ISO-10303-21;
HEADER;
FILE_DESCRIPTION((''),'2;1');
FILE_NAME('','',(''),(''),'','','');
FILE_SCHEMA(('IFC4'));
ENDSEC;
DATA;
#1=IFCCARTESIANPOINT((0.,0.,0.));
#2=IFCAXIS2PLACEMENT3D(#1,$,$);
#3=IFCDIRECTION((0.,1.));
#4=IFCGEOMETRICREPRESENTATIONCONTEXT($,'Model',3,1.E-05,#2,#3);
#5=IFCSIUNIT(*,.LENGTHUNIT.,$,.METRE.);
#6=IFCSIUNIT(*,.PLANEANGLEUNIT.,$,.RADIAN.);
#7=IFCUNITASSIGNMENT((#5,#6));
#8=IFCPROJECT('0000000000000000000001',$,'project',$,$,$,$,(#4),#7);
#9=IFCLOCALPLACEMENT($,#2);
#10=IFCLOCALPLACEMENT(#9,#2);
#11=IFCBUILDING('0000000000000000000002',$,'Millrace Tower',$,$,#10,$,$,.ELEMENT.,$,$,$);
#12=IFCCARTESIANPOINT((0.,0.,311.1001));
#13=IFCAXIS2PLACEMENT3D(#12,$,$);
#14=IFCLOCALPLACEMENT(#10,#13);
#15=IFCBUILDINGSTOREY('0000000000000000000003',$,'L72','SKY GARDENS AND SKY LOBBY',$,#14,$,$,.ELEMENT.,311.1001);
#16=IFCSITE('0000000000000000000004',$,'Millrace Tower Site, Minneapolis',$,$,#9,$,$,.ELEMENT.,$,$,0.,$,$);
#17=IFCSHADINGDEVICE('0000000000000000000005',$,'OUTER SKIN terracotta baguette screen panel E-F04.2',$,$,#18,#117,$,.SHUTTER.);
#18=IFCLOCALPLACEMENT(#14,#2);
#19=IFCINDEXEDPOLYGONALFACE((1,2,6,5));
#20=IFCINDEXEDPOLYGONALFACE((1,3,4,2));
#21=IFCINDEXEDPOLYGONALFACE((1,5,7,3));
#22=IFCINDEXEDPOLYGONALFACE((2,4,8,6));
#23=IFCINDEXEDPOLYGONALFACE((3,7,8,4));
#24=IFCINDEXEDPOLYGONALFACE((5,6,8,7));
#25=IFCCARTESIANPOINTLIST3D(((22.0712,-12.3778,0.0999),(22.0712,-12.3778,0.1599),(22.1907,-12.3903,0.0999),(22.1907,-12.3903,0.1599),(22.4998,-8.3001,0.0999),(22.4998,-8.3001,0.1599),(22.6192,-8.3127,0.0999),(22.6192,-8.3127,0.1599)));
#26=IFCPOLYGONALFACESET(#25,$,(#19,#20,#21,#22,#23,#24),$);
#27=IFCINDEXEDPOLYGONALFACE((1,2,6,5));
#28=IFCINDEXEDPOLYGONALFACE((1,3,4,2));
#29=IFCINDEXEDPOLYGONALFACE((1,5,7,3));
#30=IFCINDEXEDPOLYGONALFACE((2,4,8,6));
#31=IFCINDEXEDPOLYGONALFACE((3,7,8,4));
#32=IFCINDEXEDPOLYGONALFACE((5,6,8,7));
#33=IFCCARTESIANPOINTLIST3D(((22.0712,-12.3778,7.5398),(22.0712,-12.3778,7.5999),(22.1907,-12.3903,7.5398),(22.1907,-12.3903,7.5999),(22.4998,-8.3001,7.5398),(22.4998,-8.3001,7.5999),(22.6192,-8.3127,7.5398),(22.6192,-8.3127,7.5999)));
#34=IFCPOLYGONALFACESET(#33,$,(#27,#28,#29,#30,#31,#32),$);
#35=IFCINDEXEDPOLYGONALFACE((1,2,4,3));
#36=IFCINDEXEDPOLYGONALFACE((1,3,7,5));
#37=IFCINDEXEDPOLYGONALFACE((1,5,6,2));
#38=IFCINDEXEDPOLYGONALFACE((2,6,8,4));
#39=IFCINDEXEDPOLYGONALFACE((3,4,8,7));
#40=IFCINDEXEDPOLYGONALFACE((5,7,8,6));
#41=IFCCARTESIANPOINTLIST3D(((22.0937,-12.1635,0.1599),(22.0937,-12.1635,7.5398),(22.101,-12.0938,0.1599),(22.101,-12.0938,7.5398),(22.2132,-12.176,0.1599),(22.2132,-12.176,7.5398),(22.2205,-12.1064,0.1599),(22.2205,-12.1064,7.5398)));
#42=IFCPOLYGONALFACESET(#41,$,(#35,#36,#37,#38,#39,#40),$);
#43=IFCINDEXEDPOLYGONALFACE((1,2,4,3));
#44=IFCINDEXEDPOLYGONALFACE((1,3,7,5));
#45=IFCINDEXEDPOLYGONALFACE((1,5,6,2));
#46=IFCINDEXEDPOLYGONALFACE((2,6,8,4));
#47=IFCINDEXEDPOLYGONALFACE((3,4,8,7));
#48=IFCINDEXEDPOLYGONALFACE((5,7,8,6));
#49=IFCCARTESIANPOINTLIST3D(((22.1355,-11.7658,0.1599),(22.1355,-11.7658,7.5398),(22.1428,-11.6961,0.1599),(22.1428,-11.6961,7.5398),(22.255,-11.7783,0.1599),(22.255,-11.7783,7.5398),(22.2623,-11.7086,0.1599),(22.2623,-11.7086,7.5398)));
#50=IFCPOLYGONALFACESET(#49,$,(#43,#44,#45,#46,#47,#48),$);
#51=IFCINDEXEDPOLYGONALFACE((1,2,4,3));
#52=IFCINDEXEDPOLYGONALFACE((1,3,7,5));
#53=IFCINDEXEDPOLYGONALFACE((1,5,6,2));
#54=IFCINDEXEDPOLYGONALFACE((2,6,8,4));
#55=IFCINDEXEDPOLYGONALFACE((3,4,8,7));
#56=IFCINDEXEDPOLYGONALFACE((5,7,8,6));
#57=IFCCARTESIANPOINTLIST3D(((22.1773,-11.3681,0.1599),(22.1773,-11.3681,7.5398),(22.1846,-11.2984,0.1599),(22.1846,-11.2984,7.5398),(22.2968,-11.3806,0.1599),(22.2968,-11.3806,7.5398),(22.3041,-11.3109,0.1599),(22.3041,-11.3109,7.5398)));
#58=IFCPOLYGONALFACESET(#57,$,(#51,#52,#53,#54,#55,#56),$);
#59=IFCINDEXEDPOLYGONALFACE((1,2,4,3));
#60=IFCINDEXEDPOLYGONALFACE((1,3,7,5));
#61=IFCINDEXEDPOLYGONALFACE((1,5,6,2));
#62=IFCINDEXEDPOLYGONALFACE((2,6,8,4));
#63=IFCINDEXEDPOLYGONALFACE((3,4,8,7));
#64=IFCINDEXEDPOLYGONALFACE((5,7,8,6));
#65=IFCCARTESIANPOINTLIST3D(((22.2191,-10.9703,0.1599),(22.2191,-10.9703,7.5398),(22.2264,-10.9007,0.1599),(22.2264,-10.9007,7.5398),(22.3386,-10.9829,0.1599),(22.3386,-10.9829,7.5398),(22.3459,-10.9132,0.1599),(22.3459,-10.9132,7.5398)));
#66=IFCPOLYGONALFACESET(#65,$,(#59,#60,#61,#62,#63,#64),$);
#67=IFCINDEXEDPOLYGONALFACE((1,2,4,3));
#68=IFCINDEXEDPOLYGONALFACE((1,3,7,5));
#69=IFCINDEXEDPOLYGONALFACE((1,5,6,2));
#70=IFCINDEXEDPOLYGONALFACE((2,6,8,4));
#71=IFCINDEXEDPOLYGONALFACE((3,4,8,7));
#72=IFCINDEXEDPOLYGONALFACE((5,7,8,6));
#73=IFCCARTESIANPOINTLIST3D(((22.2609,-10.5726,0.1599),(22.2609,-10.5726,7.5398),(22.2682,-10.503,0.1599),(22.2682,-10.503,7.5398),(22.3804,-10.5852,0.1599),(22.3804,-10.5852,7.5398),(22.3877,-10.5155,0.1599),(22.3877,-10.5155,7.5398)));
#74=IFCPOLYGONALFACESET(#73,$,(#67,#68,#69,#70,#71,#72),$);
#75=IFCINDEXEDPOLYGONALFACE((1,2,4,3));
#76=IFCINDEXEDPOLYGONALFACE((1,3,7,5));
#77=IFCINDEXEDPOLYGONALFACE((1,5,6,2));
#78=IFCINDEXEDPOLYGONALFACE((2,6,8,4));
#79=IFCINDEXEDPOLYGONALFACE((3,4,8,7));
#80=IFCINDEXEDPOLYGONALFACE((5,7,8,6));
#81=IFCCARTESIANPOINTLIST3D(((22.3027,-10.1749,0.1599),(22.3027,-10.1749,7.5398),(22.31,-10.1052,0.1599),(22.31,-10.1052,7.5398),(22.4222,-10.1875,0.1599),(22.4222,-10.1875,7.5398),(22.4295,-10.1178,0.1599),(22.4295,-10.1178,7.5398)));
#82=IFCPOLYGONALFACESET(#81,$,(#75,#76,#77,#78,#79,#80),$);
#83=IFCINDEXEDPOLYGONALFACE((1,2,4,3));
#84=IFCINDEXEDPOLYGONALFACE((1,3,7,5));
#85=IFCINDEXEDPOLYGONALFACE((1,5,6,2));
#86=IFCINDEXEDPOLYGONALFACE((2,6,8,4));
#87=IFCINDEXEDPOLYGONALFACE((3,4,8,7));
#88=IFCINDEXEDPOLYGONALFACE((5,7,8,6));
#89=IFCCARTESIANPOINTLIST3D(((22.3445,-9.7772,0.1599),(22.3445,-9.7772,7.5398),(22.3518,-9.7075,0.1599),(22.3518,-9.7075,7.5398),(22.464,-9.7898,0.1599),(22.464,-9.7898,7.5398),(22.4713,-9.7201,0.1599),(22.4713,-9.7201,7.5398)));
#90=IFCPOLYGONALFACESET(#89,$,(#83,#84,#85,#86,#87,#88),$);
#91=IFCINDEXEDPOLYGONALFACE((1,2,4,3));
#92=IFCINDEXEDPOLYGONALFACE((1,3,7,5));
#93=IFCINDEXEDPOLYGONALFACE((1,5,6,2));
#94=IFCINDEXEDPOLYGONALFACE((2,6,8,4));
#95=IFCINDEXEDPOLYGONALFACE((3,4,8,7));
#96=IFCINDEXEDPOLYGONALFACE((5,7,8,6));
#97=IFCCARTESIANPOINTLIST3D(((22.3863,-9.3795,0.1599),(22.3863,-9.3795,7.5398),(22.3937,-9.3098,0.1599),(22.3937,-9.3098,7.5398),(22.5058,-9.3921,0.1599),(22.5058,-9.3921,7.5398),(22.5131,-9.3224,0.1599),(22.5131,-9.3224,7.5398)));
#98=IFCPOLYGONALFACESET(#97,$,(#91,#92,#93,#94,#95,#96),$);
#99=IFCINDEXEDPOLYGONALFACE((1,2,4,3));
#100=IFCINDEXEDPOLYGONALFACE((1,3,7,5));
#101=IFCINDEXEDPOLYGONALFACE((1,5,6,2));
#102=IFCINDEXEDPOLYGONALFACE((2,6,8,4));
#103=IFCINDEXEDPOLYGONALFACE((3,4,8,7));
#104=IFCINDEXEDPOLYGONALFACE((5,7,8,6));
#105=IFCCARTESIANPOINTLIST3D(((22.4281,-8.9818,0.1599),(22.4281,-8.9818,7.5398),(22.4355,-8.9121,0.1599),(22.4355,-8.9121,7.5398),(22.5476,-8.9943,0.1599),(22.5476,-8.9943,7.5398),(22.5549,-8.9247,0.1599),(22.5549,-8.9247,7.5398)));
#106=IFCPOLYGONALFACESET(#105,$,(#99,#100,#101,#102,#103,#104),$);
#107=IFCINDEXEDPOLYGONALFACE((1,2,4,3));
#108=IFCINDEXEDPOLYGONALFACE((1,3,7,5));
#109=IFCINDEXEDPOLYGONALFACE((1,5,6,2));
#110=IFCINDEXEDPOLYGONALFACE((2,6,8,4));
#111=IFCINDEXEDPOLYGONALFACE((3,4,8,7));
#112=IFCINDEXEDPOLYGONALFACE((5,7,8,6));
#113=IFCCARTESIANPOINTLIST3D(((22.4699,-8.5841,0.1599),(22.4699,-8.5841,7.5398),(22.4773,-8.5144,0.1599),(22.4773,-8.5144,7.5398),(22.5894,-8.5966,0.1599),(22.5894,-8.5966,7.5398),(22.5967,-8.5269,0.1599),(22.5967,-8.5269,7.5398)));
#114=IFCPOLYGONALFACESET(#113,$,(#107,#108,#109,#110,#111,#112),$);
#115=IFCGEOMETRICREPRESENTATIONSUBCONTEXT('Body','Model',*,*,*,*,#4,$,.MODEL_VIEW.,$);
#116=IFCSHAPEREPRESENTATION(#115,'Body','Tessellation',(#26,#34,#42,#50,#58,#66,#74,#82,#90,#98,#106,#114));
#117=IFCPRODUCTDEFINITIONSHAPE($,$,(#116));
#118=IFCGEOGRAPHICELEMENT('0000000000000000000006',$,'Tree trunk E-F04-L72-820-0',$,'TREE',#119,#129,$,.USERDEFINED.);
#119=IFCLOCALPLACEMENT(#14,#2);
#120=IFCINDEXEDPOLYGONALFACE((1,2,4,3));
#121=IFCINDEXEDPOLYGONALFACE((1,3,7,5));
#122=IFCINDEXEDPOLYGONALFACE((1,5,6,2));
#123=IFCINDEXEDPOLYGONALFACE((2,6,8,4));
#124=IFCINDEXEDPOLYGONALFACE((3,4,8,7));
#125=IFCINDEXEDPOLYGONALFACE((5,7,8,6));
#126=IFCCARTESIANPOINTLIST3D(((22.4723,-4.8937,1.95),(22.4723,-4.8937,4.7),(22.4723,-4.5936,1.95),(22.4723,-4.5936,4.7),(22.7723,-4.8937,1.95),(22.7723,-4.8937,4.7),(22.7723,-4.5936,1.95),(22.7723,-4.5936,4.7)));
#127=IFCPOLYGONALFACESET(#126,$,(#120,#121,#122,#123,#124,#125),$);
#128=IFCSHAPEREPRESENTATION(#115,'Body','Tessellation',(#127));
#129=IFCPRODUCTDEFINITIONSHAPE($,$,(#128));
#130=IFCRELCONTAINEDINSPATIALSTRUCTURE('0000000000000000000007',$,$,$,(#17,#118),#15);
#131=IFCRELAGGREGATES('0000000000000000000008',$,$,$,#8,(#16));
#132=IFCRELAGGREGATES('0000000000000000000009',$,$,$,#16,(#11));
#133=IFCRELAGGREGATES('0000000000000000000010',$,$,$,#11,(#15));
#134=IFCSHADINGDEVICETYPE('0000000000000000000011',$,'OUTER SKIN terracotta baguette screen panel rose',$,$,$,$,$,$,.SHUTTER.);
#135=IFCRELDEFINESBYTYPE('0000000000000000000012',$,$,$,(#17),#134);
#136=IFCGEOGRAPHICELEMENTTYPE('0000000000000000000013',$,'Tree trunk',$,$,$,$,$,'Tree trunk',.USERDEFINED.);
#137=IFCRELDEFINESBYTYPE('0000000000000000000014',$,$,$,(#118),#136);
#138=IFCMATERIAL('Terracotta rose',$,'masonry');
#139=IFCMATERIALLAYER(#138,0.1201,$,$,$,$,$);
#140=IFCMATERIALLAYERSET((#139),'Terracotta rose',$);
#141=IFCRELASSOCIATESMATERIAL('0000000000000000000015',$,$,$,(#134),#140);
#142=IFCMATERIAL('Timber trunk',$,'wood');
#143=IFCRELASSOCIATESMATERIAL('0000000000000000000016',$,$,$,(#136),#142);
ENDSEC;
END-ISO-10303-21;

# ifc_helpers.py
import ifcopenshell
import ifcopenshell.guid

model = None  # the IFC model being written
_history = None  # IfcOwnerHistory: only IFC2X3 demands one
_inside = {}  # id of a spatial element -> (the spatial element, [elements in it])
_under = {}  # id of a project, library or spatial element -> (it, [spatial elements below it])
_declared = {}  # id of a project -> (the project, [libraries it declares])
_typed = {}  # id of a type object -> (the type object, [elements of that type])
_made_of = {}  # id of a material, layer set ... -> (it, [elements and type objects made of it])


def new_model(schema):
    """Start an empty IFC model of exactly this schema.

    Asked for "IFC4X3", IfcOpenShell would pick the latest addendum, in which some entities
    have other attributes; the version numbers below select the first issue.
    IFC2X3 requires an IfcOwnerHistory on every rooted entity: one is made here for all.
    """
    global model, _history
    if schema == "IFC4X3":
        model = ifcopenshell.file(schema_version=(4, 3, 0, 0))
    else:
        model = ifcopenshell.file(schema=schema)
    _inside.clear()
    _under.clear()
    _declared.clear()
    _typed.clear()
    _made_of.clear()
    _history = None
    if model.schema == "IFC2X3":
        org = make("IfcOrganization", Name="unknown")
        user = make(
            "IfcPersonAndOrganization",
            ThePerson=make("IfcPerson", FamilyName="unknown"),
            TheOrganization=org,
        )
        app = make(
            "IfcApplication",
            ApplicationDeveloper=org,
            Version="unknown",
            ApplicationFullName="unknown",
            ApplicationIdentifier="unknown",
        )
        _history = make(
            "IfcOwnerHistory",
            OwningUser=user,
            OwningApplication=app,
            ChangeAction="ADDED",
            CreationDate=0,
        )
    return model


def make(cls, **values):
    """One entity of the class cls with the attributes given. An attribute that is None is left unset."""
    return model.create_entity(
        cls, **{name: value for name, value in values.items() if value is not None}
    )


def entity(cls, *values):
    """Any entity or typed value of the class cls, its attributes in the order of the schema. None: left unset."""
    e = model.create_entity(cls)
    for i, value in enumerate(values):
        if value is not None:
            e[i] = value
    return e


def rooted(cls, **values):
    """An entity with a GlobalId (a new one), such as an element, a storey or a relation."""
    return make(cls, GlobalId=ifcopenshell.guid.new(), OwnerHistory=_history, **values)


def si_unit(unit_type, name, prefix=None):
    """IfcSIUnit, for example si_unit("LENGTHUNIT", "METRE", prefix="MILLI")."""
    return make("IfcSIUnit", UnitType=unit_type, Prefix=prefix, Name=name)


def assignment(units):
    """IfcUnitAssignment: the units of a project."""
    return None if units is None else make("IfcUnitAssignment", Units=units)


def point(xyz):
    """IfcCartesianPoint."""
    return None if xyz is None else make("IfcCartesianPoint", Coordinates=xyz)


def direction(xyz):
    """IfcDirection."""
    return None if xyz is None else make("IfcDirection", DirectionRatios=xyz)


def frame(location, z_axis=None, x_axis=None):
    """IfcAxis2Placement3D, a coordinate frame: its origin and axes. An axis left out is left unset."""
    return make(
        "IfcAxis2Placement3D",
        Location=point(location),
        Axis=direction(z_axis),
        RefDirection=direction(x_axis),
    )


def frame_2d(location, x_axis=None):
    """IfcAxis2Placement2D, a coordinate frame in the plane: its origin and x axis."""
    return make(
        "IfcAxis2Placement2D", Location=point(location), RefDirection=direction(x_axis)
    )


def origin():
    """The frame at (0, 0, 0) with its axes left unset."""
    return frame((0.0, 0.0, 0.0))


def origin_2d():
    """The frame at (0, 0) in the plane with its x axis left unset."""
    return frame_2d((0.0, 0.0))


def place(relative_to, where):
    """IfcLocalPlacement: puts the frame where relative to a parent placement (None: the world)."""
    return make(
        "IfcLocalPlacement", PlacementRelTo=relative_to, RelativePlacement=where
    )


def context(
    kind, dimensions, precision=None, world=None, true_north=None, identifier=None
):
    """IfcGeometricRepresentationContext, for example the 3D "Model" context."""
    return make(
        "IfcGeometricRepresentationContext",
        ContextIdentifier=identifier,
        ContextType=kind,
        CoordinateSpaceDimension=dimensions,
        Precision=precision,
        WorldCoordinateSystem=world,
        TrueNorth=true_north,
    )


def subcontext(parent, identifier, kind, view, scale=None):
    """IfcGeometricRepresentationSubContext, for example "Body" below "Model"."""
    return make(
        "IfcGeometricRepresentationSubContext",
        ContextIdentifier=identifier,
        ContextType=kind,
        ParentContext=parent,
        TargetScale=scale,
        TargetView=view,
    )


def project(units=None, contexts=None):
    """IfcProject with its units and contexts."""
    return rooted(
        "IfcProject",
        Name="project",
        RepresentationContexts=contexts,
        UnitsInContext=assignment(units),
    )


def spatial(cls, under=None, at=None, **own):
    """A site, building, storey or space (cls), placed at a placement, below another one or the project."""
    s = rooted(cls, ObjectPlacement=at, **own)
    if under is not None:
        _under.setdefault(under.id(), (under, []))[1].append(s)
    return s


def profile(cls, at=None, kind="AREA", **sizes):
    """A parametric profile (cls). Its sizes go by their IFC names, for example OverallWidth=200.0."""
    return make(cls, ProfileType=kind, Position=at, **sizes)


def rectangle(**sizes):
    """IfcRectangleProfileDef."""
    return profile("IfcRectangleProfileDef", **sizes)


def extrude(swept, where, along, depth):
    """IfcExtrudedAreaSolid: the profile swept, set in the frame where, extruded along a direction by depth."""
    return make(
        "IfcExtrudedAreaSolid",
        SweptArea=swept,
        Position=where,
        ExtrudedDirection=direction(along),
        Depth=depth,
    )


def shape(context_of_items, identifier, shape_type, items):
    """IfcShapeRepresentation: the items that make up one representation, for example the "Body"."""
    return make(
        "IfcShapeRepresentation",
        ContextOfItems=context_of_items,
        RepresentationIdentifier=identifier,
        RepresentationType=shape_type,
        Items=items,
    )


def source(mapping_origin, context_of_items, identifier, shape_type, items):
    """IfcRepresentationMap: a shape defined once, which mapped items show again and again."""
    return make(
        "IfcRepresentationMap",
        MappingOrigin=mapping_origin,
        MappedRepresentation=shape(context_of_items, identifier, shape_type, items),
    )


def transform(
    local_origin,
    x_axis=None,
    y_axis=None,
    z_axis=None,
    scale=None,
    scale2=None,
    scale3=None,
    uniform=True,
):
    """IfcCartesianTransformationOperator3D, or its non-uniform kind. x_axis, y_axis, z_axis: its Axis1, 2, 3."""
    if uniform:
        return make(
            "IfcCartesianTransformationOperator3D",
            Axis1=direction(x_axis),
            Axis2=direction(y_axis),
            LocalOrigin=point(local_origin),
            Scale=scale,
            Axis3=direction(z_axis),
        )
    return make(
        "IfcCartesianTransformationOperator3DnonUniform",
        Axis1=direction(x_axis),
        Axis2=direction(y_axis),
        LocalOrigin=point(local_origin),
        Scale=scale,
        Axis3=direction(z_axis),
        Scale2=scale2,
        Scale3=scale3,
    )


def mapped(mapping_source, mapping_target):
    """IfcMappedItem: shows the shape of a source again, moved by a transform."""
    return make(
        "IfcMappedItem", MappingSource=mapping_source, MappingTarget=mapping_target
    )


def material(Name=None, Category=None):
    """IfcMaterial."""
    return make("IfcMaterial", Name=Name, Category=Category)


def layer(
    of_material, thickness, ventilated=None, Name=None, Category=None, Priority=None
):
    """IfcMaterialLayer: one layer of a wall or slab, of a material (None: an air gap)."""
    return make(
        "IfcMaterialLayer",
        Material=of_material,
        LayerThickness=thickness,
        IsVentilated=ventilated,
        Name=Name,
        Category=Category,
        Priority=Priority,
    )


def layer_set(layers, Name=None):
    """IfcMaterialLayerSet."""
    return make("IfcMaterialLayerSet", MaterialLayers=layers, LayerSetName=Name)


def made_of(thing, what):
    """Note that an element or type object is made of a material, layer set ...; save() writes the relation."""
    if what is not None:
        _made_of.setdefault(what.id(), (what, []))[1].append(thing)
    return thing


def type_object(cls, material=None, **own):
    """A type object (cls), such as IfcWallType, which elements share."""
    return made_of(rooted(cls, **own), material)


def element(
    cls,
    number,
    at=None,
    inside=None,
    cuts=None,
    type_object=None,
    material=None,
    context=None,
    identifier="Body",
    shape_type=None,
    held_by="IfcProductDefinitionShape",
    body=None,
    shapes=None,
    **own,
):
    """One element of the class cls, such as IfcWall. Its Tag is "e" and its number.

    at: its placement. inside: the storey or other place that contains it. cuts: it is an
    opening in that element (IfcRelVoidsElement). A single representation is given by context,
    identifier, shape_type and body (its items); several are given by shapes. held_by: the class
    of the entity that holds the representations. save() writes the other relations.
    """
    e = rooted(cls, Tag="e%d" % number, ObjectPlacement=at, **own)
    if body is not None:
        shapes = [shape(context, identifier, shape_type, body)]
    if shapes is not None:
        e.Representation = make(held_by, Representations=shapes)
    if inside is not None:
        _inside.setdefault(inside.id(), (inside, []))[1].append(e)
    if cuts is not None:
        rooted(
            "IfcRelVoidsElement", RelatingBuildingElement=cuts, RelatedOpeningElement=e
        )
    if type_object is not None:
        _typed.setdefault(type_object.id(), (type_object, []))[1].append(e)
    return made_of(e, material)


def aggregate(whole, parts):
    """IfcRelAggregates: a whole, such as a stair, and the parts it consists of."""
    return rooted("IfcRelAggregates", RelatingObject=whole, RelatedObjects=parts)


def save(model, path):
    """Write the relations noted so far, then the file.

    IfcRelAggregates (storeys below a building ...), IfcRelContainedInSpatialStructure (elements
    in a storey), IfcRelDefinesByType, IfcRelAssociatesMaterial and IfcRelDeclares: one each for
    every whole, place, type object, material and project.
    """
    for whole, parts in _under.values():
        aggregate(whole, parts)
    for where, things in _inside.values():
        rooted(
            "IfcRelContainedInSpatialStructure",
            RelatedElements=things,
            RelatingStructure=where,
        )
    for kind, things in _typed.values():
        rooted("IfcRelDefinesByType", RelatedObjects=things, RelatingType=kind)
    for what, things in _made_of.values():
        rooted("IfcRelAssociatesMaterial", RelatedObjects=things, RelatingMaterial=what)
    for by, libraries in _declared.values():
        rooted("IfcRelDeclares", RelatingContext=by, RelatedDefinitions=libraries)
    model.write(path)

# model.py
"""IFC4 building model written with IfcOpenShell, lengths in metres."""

from ifc_helpers import new_model, entity, si_unit, direction, frame, frame_2d, origin, origin_2d, place, context, subcontext, project, spatial, rectangle, extrude, source, transform, mapped, material, layer, layer_set, type_object, element, save


model = new_model("IFC4")

# Units and contexts
model_context = context("Model", 3, precision=1e-05, world=origin(), true_north=direction((0.0, 1.0)))
body_context = subcontext(model_context, "Body", "Model", "MODEL_VIEW")
ifc_project = project(units=[si_unit("LENGTHUNIT", "METRE"), si_unit("PLANEANGLEUNIT", "RADIAN")], contexts=[model_context])

# Site, building, storey
site_placement = place(None, origin())
site = spatial("IfcSite", under=ifc_project, at=site_placement, Name="Millrace Tower Site, Minneapolis", CompositionType="ELEMENT", RefElevation=0.0)
building_placement = place(site_placement, origin())
building = spatial("IfcBuilding", under=site, at=building_placement, Name="Millrace Tower", CompositionType="ELEMENT")
storey_placement = place(building_placement, frame((0.0, 0.0, 311.1001)))
storey = spatial("IfcBuildingStorey", under=building, at=storey_placement, Name="L72", Description="SKY GARDENS AND SKY LOBBY", CompositionType="ELEMENT", Elevation=311.1001)

# Shading device
ifc_material_1 = material(Name="Terracotta rose", Category="masonry")
ifc_layer_1 = layer(ifc_material_1, 0.1201)
ifc_layer_set_1 = layer_set([ifc_layer_1], Name="Terracotta rose")
shading_device_type = type_object("IfcShadingDeviceType", Name="OUTER SKIN terracotta baguette screen panel rose", PredefinedType="SHUTTER", material=ifc_layer_set_1)
cartesian_point = entity("IfcCartesianPoint", [-2.05, 0.0601])
shared_polyline = entity("IfcPolyline", [cartesian_point, entity("IfcCartesianPoint", [2.05, 0.0601]), entity("IfcCartesianPoint", [2.05, -0.0601]), entity("IfcCartesianPoint", [-2.05, -0.0601]), cartesian_point])
shared_shape = source(origin(), body_context, "Body", "SweptSolid", [
    entity("IfcExtrudedAreaSolid", entity("IfcArbitraryClosedProfileDef", "AREA", None, shared_polyline), entity("IfcAxis2Placement3D", entity("IfcCartesianPoint", [0.0, 0.0, 0.0])), entity("IfcDirection", [0.0, 0.0, 1.0]), 0.0601),
    entity("IfcExtrudedAreaSolid", entity("IfcArbitraryClosedProfileDef", "AREA", None, shared_polyline), entity("IfcAxis2Placement3D", entity("IfcCartesianPoint", [0.0, 0.0, 7.4399])), entity("IfcDirection", [0.0, 0.0, 1.0]), 0.0601),
    extrude(rectangle(XDim=0.0701, YDim=0.1201, at=frame_2d((-1.7996, 0.0))), frame((0.0, 0.0, 0.0601)), (0.0, 0.0, 1.0), 7.3799),
    extrude(rectangle(XDim=0.0701, YDim=0.1201, at=frame_2d((-1.3997, 0.0))), frame((0.0, 0.0, 0.0601)), (0.0, 0.0, 1.0), 7.3799),
    extrude(rectangle(XDim=0.0701, YDim=0.1201, at=frame_2d((-0.9998, 0.0))), frame((0.0, 0.0, 0.0601)), (0.0, 0.0, 1.0), 7.3799),
    extrude(rectangle(XDim=0.0701, YDim=0.1201, at=frame_2d((-0.5999, 0.0))), frame((0.0, 0.0, 0.0601)), (0.0, 0.0, 1.0), 7.3799),
    extrude(rectangle(XDim=0.0701, YDim=0.1201, at=frame_2d((-0.2, 0.0))), frame((0.0, 0.0, 0.0601)), (0.0, 0.0, 1.0), 7.3799),
    extrude(rectangle(XDim=0.0701, YDim=0.1201, at=frame_2d((0.2, 0.0))), frame((0.0, 0.0, 0.0601)), (0.0, 0.0, 1.0), 7.3799),
    extrude(rectangle(XDim=0.0701, YDim=0.1201, at=frame_2d((0.5999, 0.0))), frame((0.0, 0.0, 0.0601)), (0.0, 0.0, 1.0), 7.3799),
    extrude(rectangle(XDim=0.0701, YDim=0.1201, at=frame_2d((0.9998, 0.0))), frame((0.0, 0.0, 0.0601)), (0.0, 0.0, 1.0), 7.3799),
    extrude(rectangle(XDim=0.0701, YDim=0.1201, at=frame_2d((1.3997, 0.0))), frame((0.0, 0.0, 0.0601)), (0.0, 0.0, 1.0), 7.3799),
    extrude(rectangle(XDim=0.0701, YDim=0.1201, at=frame_2d((1.7996, 0.0))), frame((0.0, 0.0, 0.0601)), (0.0, 0.0, 1.0), 7.3799),
])
shading_device_placement = place(storey_placement, frame((22.3452, -10.3452, 0.0999), z_axis=(0.0, 0.0, 1.0), x_axis=(0.104528, 0.994522, 0.0)))
element("IfcShadingDevice", 1, at=shading_device_placement, inside=storey, type_object=shading_device_type, Name="OUTER SKIN terracotta baguette screen panel E-F04.2", PredefinedType="SHUTTER", context=body_context, shape_type="MappedRepresentation", body=[
    mapped(shared_shape, transform((0.0, 0.0, 0.0), scale=1.0)),
])

# Geographic element
ifc_material_2 = material(Name="Timber trunk", Category="wood")
geographic_element_type = type_object("IfcGeographicElementType", Name="Tree trunk", ElementType="Tree trunk", PredefinedType="USERDEFINED", material=ifc_material_2)
geographic_element_placement = place(storey_placement, frame((22.6223, -4.7437, 1.95), z_axis=(0.0, 0.0, 1.0), x_axis=(1.0, 0.0, 0.0)))
element("IfcGeographicElement", 2, at=geographic_element_placement, inside=storey, type_object=geographic_element_type, Name="Tree trunk E-F04-L72-820-0", ObjectType="TREE", PredefinedType="USERDEFINED", context=body_context, shape_type="SweptSolid", body=[
    extrude(rectangle(XDim=0.3, YDim=0.3, at=origin_2d()), origin(), (0.0, 0.0, 1.0), 2.75),
])

save(model, "model.ifc")
